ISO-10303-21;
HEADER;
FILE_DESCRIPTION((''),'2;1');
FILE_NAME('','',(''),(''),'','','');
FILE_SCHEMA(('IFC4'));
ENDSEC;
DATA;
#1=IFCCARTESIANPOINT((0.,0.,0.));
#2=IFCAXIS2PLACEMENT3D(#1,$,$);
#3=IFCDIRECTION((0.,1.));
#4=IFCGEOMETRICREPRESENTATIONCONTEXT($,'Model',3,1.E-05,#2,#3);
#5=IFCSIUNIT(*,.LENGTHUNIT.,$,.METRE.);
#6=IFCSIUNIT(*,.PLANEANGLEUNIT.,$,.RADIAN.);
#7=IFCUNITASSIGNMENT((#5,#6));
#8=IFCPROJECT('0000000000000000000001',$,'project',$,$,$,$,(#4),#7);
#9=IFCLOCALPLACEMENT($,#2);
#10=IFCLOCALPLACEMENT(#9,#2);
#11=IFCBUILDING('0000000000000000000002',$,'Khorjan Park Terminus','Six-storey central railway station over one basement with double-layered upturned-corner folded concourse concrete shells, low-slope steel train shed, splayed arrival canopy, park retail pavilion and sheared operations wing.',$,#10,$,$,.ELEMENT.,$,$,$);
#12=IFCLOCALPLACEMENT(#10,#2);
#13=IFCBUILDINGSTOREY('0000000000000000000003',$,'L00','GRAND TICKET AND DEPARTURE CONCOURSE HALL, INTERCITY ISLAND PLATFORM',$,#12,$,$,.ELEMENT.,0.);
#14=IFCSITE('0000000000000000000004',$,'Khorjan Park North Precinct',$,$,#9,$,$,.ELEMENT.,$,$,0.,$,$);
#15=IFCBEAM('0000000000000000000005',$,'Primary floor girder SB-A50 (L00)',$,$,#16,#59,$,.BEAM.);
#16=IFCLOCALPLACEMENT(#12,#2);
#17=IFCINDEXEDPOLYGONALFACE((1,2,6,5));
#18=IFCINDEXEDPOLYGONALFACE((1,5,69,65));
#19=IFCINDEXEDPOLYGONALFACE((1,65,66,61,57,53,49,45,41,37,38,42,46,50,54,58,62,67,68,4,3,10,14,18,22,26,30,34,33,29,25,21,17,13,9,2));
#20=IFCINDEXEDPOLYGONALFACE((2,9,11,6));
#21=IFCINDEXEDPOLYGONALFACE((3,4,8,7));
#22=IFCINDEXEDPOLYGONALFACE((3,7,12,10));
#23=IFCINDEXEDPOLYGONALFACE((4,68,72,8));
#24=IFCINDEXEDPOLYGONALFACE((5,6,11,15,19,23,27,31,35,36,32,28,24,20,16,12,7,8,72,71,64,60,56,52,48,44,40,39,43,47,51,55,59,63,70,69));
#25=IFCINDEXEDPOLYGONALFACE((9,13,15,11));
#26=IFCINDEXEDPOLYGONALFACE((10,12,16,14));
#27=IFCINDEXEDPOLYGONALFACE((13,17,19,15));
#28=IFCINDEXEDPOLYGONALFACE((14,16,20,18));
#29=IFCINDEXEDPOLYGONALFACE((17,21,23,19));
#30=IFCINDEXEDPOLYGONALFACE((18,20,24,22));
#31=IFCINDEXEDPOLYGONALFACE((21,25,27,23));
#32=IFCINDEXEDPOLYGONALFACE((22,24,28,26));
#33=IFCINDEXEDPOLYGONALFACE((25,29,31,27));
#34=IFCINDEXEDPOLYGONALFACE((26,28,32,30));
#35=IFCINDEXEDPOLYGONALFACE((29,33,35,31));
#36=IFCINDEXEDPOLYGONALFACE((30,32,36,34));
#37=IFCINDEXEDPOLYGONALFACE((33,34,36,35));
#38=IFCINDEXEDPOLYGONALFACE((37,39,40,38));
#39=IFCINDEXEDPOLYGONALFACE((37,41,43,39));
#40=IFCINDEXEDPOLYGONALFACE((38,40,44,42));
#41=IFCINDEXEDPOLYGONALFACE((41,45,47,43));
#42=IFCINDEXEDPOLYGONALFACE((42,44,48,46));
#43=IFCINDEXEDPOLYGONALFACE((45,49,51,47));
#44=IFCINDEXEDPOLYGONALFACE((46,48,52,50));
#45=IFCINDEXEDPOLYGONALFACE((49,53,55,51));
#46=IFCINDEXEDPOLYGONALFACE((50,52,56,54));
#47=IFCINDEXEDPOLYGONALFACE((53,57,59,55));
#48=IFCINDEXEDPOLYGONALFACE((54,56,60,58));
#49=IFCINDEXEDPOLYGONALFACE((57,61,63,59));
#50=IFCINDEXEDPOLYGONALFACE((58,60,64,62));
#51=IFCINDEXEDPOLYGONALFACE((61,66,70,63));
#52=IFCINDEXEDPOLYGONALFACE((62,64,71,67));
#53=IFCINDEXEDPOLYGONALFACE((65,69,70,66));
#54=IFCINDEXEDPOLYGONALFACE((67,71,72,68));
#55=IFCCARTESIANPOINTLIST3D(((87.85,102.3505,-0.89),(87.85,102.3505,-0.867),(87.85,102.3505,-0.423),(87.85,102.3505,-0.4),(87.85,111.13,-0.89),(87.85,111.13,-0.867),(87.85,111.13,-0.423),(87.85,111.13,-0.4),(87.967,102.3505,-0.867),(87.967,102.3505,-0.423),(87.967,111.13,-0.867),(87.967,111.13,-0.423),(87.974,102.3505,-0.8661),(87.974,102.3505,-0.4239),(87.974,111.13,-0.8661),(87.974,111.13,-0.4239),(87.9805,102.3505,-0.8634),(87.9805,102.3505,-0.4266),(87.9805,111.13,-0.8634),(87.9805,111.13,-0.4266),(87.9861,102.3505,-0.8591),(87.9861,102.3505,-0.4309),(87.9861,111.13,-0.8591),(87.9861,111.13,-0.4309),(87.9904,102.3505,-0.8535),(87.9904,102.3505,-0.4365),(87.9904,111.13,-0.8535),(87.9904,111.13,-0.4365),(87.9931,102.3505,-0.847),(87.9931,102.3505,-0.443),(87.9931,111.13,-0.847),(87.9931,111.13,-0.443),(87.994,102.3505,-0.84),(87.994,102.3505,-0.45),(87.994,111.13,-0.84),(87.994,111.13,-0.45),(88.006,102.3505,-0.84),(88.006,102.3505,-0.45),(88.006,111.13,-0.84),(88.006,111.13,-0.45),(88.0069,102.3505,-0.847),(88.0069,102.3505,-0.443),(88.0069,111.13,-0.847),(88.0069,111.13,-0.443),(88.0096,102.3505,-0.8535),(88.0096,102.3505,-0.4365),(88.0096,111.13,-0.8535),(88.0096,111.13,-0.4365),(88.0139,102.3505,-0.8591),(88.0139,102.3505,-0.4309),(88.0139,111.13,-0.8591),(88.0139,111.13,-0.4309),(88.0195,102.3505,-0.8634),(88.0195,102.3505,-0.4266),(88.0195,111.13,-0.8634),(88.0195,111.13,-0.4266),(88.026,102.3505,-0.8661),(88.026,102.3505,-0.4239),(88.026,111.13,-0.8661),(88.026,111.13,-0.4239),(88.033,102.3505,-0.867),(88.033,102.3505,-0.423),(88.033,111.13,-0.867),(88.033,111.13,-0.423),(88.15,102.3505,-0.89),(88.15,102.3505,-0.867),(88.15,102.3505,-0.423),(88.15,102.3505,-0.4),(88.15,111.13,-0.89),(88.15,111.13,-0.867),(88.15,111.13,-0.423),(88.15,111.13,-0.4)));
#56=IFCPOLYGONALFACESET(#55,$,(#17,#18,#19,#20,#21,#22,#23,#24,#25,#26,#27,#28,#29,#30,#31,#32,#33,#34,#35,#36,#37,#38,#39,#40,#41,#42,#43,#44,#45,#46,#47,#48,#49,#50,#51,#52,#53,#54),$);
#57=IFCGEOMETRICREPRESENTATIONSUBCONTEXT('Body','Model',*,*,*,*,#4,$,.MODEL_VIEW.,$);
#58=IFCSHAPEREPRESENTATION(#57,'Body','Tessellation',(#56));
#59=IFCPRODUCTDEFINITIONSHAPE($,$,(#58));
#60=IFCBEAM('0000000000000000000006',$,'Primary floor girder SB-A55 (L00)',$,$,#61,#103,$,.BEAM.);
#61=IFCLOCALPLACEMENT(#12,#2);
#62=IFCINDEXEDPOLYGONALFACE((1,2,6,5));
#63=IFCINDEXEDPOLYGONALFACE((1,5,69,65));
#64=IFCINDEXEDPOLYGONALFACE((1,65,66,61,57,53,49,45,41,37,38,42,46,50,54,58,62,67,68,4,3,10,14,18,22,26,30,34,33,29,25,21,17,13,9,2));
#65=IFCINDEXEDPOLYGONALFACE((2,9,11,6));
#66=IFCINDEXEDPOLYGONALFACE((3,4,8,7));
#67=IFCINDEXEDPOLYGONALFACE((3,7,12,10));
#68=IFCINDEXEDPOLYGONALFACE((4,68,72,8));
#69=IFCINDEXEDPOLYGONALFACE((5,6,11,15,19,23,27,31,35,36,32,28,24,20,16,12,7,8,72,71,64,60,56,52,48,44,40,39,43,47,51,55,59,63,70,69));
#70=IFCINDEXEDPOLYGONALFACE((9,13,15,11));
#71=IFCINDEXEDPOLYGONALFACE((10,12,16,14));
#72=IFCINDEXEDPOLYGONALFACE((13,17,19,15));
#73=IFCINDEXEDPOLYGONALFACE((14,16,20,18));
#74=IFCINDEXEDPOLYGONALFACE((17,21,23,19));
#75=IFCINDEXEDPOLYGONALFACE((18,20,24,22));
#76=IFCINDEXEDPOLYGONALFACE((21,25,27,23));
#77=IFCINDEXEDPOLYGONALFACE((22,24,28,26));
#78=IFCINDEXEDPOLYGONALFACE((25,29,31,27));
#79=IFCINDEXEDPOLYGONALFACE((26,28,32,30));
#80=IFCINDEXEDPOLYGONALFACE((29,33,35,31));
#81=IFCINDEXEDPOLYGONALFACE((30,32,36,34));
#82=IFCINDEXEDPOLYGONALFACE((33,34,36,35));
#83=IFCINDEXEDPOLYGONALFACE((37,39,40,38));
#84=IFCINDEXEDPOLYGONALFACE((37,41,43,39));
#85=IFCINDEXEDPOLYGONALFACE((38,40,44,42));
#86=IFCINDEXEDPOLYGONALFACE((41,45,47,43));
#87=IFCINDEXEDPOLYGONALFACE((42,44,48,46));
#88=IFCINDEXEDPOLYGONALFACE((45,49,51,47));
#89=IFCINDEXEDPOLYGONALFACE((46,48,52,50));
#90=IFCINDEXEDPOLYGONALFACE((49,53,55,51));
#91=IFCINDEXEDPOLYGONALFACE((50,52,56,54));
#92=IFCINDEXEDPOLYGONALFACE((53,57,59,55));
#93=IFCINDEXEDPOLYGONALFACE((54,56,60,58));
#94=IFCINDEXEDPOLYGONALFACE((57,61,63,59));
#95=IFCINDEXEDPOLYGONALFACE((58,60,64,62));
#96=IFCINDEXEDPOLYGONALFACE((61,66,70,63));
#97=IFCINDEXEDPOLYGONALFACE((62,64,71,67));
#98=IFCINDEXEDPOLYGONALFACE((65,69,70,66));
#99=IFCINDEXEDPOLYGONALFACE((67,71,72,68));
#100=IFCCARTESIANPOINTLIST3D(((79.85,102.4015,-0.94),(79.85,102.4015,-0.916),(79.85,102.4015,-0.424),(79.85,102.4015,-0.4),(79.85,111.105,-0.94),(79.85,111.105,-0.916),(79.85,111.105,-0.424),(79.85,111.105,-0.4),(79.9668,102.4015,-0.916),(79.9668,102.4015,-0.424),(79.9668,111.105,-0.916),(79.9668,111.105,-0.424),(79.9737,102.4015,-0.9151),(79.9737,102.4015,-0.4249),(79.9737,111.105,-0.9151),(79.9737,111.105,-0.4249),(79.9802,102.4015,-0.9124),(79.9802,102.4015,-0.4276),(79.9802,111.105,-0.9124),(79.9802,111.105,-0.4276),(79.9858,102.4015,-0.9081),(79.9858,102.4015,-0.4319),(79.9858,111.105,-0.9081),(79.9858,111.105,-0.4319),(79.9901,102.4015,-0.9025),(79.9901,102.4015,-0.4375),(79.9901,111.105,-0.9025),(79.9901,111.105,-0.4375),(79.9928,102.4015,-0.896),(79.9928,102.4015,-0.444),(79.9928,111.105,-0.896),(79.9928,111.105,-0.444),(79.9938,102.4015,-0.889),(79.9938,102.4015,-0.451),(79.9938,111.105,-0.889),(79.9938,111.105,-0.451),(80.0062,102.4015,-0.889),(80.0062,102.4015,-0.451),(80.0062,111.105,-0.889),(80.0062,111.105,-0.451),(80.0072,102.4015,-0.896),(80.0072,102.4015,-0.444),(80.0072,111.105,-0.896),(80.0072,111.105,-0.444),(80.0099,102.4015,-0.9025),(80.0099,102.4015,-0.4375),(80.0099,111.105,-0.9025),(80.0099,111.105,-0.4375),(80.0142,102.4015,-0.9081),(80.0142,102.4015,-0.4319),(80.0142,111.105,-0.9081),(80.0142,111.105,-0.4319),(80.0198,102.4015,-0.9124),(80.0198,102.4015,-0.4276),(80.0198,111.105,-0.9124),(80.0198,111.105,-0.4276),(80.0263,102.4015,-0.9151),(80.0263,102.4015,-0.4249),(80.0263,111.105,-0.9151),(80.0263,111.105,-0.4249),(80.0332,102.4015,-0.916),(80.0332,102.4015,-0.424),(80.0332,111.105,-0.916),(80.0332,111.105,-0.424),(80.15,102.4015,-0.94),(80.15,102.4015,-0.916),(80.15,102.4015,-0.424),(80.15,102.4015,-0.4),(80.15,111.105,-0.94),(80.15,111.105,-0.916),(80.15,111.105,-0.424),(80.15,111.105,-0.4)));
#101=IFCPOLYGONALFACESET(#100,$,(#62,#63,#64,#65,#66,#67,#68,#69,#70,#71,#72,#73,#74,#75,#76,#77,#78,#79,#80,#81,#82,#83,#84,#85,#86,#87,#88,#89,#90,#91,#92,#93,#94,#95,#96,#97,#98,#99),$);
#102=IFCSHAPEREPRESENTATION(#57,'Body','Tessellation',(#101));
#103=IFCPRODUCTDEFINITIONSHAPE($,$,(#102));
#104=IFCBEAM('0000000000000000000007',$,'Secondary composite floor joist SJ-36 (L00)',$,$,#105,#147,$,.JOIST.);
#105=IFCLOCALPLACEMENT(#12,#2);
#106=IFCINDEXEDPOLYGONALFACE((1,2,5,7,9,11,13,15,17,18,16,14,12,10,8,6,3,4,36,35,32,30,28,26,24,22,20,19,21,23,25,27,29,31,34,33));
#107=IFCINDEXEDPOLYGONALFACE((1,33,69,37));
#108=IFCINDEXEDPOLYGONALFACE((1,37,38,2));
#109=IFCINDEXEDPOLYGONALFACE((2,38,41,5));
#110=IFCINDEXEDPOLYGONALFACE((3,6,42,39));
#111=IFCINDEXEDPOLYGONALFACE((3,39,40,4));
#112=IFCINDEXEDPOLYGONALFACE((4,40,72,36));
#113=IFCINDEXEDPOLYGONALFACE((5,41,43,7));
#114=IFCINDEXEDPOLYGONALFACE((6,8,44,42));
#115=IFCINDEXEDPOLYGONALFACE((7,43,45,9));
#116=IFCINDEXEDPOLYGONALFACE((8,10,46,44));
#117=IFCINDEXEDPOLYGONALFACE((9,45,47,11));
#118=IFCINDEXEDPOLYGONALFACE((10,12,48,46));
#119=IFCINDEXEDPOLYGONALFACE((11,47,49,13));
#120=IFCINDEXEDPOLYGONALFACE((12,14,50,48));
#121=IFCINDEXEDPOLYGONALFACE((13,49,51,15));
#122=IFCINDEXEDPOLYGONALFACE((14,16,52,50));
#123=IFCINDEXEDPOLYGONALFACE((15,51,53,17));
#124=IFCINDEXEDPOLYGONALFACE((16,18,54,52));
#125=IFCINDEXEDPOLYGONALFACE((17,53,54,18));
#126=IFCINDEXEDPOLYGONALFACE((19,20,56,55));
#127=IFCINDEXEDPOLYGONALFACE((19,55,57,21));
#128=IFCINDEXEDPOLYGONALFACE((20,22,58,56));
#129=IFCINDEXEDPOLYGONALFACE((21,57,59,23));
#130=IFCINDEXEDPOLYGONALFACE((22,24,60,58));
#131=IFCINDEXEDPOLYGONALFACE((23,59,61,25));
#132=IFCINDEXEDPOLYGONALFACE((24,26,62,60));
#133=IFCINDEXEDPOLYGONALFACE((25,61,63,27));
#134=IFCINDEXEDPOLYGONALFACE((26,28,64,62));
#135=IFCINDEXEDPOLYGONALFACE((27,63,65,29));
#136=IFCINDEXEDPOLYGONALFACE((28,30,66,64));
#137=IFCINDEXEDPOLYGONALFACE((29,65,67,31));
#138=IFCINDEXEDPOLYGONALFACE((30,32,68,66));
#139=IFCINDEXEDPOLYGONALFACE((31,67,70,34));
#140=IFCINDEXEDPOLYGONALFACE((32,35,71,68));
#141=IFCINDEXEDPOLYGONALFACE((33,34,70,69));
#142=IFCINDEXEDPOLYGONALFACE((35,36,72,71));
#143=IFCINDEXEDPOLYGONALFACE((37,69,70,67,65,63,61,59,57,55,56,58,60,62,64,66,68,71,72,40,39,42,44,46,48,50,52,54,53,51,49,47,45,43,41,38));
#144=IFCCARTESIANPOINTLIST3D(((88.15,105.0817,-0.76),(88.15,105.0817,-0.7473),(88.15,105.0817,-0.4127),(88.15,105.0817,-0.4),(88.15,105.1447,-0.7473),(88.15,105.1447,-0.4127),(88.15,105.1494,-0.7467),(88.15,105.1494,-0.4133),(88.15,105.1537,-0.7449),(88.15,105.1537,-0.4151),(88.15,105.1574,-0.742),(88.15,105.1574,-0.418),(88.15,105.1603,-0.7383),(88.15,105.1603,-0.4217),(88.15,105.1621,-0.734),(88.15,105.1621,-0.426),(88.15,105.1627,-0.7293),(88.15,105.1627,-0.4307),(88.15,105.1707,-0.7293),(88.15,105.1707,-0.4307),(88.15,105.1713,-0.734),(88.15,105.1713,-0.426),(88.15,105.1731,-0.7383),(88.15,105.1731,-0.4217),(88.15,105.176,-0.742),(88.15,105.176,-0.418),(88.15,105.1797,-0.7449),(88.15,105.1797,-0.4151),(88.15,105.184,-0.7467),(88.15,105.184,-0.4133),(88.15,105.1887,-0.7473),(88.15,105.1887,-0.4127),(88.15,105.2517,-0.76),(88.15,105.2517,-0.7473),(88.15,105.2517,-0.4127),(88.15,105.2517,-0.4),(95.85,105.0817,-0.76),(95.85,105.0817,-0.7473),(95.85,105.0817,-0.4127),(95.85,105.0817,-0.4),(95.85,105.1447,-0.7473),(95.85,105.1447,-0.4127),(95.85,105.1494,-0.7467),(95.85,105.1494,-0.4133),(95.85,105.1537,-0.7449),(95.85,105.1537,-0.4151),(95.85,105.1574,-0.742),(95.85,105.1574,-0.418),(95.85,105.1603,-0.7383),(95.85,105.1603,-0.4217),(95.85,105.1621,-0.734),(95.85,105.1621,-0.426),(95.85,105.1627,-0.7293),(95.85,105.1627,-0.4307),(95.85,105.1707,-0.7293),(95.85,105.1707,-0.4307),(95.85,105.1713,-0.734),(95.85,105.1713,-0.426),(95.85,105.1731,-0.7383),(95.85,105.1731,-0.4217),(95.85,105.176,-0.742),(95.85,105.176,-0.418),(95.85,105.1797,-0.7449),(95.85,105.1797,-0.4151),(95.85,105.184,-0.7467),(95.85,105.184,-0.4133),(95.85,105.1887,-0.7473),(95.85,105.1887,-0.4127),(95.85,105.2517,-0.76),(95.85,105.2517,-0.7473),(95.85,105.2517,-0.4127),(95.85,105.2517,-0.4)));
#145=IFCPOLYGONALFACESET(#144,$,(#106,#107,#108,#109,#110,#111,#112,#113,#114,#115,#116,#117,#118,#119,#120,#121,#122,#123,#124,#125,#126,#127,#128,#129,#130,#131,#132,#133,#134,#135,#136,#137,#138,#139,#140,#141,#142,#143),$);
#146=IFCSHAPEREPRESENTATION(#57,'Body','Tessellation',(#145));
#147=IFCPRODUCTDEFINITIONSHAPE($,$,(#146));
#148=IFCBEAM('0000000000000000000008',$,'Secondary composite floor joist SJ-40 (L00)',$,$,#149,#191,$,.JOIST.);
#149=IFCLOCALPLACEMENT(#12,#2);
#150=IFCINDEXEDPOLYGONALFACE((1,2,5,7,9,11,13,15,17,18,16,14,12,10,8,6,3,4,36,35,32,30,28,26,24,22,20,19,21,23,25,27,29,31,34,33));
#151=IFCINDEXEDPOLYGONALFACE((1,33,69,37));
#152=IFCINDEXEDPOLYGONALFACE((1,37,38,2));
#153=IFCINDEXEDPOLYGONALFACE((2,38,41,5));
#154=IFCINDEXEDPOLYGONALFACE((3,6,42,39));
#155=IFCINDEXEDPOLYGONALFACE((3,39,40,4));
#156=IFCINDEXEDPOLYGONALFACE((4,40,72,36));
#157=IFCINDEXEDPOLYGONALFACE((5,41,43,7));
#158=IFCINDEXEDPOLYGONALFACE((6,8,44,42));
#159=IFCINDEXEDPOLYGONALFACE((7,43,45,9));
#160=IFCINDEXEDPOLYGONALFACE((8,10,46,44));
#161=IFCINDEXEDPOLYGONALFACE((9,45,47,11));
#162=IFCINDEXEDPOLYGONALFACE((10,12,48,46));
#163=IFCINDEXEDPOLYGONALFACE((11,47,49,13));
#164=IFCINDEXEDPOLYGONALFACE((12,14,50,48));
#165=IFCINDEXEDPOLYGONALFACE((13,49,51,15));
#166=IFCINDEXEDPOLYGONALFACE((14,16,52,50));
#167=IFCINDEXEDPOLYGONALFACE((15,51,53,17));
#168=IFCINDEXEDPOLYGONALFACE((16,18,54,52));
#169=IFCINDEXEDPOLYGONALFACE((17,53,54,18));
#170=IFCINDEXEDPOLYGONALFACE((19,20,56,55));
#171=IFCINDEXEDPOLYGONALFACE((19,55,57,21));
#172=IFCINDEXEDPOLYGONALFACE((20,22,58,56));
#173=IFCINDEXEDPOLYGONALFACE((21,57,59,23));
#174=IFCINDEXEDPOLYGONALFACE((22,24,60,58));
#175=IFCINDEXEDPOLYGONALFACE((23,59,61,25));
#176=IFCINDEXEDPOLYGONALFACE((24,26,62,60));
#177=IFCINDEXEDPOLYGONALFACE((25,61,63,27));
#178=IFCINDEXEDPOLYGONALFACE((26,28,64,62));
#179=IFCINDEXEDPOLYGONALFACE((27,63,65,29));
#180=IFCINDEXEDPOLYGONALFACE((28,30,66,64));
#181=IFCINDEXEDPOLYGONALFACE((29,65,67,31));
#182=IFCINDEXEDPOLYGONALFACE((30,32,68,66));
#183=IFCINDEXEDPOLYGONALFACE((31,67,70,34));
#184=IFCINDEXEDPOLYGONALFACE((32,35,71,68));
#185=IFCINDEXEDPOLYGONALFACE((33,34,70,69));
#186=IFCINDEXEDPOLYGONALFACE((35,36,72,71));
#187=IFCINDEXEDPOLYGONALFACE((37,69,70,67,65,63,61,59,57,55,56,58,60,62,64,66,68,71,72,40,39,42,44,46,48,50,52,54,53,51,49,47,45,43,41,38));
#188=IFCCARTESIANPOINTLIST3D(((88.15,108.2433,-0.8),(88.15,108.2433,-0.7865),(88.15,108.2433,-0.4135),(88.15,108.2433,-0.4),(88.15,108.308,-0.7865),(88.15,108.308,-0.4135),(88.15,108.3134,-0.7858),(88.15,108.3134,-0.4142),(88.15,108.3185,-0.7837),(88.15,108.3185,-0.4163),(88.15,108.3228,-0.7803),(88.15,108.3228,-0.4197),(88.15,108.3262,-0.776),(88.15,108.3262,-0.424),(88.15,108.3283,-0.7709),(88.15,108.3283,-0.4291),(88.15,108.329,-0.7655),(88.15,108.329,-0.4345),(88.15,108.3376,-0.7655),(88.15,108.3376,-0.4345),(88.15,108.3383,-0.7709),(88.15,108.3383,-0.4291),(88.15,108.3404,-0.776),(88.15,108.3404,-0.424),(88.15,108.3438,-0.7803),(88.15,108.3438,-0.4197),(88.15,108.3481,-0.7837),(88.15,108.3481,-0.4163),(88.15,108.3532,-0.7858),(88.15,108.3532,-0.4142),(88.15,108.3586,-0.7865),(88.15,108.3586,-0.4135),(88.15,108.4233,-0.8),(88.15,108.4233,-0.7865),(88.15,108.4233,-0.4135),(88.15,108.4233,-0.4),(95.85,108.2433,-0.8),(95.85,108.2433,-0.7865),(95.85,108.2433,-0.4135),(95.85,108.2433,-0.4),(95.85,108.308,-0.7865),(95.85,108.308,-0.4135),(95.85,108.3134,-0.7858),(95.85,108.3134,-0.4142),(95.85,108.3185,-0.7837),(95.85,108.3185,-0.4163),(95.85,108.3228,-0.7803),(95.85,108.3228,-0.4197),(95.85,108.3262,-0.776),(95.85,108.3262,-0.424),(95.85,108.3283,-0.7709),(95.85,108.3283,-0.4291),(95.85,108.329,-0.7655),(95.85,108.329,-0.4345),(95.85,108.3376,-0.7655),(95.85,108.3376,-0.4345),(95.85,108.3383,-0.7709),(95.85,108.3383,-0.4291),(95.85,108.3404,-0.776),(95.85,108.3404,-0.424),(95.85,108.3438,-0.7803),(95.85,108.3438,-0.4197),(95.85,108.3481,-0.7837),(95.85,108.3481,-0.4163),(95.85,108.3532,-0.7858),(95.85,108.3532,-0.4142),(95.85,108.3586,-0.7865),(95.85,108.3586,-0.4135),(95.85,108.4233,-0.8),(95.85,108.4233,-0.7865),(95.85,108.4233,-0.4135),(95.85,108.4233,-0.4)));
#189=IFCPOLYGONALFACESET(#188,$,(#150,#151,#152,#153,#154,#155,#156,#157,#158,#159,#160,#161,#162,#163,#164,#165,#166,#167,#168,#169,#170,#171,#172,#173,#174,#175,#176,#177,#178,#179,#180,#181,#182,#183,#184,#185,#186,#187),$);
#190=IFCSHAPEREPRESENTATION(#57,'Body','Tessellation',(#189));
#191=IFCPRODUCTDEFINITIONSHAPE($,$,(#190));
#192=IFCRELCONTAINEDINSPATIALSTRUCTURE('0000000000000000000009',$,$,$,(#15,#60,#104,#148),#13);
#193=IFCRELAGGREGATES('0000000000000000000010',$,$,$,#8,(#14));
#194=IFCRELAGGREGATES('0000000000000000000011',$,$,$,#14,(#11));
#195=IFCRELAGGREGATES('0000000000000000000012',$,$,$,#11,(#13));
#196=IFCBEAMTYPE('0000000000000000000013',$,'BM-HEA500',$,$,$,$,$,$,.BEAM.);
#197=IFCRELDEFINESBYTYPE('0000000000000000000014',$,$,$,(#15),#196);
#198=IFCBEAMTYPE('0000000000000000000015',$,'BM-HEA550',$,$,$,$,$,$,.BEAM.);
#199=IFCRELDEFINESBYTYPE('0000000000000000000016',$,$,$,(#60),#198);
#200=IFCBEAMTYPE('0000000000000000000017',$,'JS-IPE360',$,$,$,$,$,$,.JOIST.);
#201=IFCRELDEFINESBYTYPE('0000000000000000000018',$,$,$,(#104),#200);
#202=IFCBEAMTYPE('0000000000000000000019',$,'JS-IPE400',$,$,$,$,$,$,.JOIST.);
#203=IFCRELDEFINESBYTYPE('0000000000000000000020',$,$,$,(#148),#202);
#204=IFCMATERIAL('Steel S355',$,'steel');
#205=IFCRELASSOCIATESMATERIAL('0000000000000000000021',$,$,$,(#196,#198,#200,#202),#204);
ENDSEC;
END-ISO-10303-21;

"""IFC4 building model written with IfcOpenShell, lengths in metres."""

from ifc_helpers import new_model, si_unit, direction, frame, origin, origin_2d, place, context, subcontext, project, spatial, i_section, extrude, material, material_profile, profile_set, type_object, element, save


model = new_model("IFC4")

# Units and contexts
model_context = context("Model", 3, precision=1e-05, world=origin(), true_north=direction((0.0, 1.0)))
body_context = subcontext(model_context, "Body", "Model", "MODEL_VIEW")
ifc_project = project(units=[si_unit("LENGTHUNIT", "METRE"), si_unit("PLANEANGLEUNIT", "RADIAN")], contexts=[model_context])

# Site, building, storey
site_placement = place(None, origin())
site = spatial("IfcSite", under=ifc_project, at=site_placement, Name="Khorjan Park North Precinct", CompositionType="ELEMENT", RefElevation=0.0)
building_placement = place(site_placement, origin())
building = spatial("IfcBuilding", under=site, at=building_placement, Name="Khorjan Park Terminus", Description="Six-storey central railway station over one basement with double-layered upturned-corner folded concourse concrete shells, low-slope steel train shed, splayed arrival canopy, park retail pavilion and sheared operations wing.", CompositionType="ELEMENT")
storey_placement = place(building_placement, origin())
storey = spatial("IfcBuildingStorey", under=building, at=storey_placement, Name="L00", Description="GRAND TICKET AND DEPARTURE CONCOURSE HALL, INTERCITY ISLAND PLATFORM", CompositionType="ELEMENT", Elevation=0.0)

# Shared definitions
ifc_material_1 = material(Name="Steel S355", Category="steel")

# Beams
ifc_material_profile_1 = material_profile(ifc_material_1, i_section(OverallWidth=0.3, OverallDepth=0.49, WebThickness=0.012, FlangeThickness=0.023, FilletRadius=0.027, at=origin_2d()), Name="HEA 500")
ifc_profile_set_1 = profile_set([ifc_material_profile_1], Name="Steel S355")
beam_type_1 = type_object("IfcBeamType", Name="BM-HEA500", PredefinedType="BEAM", material=ifc_profile_set_1)
beam_1_placement = place(storey_placement, frame((88.0, 102.3505, -0.645), z_axis=(0.0, 1.0, 0.0), x_axis=(-1.0, 0.0, 0.0)))
element("IfcBeam", 1, at=beam_1_placement, inside=storey, type_object=beam_type_1, Name="Primary floor girder SB-A50 (L00)", PredefinedType="BEAM", context=body_context, shape_type="SweptSolid", body=[
    extrude(i_section(OverallWidth=0.3, OverallDepth=0.49, WebThickness=0.012, FlangeThickness=0.023, FilletRadius=0.027, at=origin_2d()), origin(), (0.0, 0.0, 1.0), 8.7795),
])
ifc_material_profile_2 = material_profile(ifc_material_1, i_section(OverallWidth=0.3, OverallDepth=0.54, WebThickness=0.0125, FlangeThickness=0.024, FilletRadius=0.027, at=origin_2d()), Name="HEA 550")
ifc_profile_set_2 = profile_set([ifc_material_profile_2], Name="Steel S355")
beam_type_2 = type_object("IfcBeamType", Name="BM-HEA550", PredefinedType="BEAM", material=ifc_profile_set_2)
beam_2_placement = place(storey_placement, frame((80.0, 102.4015, -0.67), z_axis=(0.0, 1.0, 0.0), x_axis=(-1.0, 0.0, 0.0)))
element("IfcBeam", 2, at=beam_2_placement, inside=storey, type_object=beam_type_2, Name="Primary floor girder SB-A55 (L00)", PredefinedType="BEAM", context=body_context, shape_type="SweptSolid", body=[
    extrude(i_section(OverallWidth=0.3, OverallDepth=0.54, WebThickness=0.0125, FlangeThickness=0.024, FilletRadius=0.027, at=origin_2d()), origin(), (0.0, 0.0, 1.0), 8.7035),
])
ifc_material_profile_3 = material_profile(ifc_material_1, i_section(OverallWidth=0.17, OverallDepth=0.36, WebThickness=0.008, FlangeThickness=0.0127, FilletRadius=0.018, at=origin_2d()), Name="IPE 360")
ifc_profile_set_3 = profile_set([ifc_material_profile_3], Name="Steel S355")
beam_type_3 = type_object("IfcBeamType", Name="JS-IPE360", PredefinedType="JOIST", material=ifc_profile_set_3)
beam_3_placement = place(storey_placement, frame((88.15, 105.1667, -0.58), z_axis=(1.0, 0.0, 0.0), x_axis=(0.0, 1.0, 0.0)))
element("IfcBeam", 3, at=beam_3_placement, inside=storey, type_object=beam_type_3, Name="Secondary composite floor joist SJ-36 (L00)", PredefinedType="JOIST", context=body_context, shape_type="SweptSolid", body=[
    extrude(i_section(OverallWidth=0.17, OverallDepth=0.36, WebThickness=0.008, FlangeThickness=0.0127, FilletRadius=0.018, at=origin_2d()), origin(), (0.0, 0.0, 1.0), 7.7),
])
ifc_material_profile_4 = material_profile(ifc_material_1, i_section(OverallWidth=0.18, OverallDepth=0.4, WebThickness=0.0086, FlangeThickness=0.0135, FilletRadius=0.021, at=origin_2d()), Name="IPE 400")
ifc_profile_set_4 = profile_set([ifc_material_profile_4], Name="Steel S355")
beam_type_4 = type_object("IfcBeamType", Name="JS-IPE400", PredefinedType="JOIST", material=ifc_profile_set_4)
beam_4_placement = place(storey_placement, frame((88.15, 108.3333, -0.6), z_axis=(1.0, 0.0, 0.0), x_axis=(0.0, 1.0, 0.0)))
element("IfcBeam", 4, at=beam_4_placement, inside=storey, type_object=beam_type_4, Name="Secondary composite floor joist SJ-40 (L00)", PredefinedType="JOIST", context=body_context, shape_type="SweptSolid", body=[
    extrude(i_section(OverallWidth=0.18, OverallDepth=0.4, WebThickness=0.0086, FlangeThickness=0.0135, FilletRadius=0.021, at=origin_2d()), origin(), (0.0, 0.0, 1.0), 7.7),
])

save(model, "model.ifc")
